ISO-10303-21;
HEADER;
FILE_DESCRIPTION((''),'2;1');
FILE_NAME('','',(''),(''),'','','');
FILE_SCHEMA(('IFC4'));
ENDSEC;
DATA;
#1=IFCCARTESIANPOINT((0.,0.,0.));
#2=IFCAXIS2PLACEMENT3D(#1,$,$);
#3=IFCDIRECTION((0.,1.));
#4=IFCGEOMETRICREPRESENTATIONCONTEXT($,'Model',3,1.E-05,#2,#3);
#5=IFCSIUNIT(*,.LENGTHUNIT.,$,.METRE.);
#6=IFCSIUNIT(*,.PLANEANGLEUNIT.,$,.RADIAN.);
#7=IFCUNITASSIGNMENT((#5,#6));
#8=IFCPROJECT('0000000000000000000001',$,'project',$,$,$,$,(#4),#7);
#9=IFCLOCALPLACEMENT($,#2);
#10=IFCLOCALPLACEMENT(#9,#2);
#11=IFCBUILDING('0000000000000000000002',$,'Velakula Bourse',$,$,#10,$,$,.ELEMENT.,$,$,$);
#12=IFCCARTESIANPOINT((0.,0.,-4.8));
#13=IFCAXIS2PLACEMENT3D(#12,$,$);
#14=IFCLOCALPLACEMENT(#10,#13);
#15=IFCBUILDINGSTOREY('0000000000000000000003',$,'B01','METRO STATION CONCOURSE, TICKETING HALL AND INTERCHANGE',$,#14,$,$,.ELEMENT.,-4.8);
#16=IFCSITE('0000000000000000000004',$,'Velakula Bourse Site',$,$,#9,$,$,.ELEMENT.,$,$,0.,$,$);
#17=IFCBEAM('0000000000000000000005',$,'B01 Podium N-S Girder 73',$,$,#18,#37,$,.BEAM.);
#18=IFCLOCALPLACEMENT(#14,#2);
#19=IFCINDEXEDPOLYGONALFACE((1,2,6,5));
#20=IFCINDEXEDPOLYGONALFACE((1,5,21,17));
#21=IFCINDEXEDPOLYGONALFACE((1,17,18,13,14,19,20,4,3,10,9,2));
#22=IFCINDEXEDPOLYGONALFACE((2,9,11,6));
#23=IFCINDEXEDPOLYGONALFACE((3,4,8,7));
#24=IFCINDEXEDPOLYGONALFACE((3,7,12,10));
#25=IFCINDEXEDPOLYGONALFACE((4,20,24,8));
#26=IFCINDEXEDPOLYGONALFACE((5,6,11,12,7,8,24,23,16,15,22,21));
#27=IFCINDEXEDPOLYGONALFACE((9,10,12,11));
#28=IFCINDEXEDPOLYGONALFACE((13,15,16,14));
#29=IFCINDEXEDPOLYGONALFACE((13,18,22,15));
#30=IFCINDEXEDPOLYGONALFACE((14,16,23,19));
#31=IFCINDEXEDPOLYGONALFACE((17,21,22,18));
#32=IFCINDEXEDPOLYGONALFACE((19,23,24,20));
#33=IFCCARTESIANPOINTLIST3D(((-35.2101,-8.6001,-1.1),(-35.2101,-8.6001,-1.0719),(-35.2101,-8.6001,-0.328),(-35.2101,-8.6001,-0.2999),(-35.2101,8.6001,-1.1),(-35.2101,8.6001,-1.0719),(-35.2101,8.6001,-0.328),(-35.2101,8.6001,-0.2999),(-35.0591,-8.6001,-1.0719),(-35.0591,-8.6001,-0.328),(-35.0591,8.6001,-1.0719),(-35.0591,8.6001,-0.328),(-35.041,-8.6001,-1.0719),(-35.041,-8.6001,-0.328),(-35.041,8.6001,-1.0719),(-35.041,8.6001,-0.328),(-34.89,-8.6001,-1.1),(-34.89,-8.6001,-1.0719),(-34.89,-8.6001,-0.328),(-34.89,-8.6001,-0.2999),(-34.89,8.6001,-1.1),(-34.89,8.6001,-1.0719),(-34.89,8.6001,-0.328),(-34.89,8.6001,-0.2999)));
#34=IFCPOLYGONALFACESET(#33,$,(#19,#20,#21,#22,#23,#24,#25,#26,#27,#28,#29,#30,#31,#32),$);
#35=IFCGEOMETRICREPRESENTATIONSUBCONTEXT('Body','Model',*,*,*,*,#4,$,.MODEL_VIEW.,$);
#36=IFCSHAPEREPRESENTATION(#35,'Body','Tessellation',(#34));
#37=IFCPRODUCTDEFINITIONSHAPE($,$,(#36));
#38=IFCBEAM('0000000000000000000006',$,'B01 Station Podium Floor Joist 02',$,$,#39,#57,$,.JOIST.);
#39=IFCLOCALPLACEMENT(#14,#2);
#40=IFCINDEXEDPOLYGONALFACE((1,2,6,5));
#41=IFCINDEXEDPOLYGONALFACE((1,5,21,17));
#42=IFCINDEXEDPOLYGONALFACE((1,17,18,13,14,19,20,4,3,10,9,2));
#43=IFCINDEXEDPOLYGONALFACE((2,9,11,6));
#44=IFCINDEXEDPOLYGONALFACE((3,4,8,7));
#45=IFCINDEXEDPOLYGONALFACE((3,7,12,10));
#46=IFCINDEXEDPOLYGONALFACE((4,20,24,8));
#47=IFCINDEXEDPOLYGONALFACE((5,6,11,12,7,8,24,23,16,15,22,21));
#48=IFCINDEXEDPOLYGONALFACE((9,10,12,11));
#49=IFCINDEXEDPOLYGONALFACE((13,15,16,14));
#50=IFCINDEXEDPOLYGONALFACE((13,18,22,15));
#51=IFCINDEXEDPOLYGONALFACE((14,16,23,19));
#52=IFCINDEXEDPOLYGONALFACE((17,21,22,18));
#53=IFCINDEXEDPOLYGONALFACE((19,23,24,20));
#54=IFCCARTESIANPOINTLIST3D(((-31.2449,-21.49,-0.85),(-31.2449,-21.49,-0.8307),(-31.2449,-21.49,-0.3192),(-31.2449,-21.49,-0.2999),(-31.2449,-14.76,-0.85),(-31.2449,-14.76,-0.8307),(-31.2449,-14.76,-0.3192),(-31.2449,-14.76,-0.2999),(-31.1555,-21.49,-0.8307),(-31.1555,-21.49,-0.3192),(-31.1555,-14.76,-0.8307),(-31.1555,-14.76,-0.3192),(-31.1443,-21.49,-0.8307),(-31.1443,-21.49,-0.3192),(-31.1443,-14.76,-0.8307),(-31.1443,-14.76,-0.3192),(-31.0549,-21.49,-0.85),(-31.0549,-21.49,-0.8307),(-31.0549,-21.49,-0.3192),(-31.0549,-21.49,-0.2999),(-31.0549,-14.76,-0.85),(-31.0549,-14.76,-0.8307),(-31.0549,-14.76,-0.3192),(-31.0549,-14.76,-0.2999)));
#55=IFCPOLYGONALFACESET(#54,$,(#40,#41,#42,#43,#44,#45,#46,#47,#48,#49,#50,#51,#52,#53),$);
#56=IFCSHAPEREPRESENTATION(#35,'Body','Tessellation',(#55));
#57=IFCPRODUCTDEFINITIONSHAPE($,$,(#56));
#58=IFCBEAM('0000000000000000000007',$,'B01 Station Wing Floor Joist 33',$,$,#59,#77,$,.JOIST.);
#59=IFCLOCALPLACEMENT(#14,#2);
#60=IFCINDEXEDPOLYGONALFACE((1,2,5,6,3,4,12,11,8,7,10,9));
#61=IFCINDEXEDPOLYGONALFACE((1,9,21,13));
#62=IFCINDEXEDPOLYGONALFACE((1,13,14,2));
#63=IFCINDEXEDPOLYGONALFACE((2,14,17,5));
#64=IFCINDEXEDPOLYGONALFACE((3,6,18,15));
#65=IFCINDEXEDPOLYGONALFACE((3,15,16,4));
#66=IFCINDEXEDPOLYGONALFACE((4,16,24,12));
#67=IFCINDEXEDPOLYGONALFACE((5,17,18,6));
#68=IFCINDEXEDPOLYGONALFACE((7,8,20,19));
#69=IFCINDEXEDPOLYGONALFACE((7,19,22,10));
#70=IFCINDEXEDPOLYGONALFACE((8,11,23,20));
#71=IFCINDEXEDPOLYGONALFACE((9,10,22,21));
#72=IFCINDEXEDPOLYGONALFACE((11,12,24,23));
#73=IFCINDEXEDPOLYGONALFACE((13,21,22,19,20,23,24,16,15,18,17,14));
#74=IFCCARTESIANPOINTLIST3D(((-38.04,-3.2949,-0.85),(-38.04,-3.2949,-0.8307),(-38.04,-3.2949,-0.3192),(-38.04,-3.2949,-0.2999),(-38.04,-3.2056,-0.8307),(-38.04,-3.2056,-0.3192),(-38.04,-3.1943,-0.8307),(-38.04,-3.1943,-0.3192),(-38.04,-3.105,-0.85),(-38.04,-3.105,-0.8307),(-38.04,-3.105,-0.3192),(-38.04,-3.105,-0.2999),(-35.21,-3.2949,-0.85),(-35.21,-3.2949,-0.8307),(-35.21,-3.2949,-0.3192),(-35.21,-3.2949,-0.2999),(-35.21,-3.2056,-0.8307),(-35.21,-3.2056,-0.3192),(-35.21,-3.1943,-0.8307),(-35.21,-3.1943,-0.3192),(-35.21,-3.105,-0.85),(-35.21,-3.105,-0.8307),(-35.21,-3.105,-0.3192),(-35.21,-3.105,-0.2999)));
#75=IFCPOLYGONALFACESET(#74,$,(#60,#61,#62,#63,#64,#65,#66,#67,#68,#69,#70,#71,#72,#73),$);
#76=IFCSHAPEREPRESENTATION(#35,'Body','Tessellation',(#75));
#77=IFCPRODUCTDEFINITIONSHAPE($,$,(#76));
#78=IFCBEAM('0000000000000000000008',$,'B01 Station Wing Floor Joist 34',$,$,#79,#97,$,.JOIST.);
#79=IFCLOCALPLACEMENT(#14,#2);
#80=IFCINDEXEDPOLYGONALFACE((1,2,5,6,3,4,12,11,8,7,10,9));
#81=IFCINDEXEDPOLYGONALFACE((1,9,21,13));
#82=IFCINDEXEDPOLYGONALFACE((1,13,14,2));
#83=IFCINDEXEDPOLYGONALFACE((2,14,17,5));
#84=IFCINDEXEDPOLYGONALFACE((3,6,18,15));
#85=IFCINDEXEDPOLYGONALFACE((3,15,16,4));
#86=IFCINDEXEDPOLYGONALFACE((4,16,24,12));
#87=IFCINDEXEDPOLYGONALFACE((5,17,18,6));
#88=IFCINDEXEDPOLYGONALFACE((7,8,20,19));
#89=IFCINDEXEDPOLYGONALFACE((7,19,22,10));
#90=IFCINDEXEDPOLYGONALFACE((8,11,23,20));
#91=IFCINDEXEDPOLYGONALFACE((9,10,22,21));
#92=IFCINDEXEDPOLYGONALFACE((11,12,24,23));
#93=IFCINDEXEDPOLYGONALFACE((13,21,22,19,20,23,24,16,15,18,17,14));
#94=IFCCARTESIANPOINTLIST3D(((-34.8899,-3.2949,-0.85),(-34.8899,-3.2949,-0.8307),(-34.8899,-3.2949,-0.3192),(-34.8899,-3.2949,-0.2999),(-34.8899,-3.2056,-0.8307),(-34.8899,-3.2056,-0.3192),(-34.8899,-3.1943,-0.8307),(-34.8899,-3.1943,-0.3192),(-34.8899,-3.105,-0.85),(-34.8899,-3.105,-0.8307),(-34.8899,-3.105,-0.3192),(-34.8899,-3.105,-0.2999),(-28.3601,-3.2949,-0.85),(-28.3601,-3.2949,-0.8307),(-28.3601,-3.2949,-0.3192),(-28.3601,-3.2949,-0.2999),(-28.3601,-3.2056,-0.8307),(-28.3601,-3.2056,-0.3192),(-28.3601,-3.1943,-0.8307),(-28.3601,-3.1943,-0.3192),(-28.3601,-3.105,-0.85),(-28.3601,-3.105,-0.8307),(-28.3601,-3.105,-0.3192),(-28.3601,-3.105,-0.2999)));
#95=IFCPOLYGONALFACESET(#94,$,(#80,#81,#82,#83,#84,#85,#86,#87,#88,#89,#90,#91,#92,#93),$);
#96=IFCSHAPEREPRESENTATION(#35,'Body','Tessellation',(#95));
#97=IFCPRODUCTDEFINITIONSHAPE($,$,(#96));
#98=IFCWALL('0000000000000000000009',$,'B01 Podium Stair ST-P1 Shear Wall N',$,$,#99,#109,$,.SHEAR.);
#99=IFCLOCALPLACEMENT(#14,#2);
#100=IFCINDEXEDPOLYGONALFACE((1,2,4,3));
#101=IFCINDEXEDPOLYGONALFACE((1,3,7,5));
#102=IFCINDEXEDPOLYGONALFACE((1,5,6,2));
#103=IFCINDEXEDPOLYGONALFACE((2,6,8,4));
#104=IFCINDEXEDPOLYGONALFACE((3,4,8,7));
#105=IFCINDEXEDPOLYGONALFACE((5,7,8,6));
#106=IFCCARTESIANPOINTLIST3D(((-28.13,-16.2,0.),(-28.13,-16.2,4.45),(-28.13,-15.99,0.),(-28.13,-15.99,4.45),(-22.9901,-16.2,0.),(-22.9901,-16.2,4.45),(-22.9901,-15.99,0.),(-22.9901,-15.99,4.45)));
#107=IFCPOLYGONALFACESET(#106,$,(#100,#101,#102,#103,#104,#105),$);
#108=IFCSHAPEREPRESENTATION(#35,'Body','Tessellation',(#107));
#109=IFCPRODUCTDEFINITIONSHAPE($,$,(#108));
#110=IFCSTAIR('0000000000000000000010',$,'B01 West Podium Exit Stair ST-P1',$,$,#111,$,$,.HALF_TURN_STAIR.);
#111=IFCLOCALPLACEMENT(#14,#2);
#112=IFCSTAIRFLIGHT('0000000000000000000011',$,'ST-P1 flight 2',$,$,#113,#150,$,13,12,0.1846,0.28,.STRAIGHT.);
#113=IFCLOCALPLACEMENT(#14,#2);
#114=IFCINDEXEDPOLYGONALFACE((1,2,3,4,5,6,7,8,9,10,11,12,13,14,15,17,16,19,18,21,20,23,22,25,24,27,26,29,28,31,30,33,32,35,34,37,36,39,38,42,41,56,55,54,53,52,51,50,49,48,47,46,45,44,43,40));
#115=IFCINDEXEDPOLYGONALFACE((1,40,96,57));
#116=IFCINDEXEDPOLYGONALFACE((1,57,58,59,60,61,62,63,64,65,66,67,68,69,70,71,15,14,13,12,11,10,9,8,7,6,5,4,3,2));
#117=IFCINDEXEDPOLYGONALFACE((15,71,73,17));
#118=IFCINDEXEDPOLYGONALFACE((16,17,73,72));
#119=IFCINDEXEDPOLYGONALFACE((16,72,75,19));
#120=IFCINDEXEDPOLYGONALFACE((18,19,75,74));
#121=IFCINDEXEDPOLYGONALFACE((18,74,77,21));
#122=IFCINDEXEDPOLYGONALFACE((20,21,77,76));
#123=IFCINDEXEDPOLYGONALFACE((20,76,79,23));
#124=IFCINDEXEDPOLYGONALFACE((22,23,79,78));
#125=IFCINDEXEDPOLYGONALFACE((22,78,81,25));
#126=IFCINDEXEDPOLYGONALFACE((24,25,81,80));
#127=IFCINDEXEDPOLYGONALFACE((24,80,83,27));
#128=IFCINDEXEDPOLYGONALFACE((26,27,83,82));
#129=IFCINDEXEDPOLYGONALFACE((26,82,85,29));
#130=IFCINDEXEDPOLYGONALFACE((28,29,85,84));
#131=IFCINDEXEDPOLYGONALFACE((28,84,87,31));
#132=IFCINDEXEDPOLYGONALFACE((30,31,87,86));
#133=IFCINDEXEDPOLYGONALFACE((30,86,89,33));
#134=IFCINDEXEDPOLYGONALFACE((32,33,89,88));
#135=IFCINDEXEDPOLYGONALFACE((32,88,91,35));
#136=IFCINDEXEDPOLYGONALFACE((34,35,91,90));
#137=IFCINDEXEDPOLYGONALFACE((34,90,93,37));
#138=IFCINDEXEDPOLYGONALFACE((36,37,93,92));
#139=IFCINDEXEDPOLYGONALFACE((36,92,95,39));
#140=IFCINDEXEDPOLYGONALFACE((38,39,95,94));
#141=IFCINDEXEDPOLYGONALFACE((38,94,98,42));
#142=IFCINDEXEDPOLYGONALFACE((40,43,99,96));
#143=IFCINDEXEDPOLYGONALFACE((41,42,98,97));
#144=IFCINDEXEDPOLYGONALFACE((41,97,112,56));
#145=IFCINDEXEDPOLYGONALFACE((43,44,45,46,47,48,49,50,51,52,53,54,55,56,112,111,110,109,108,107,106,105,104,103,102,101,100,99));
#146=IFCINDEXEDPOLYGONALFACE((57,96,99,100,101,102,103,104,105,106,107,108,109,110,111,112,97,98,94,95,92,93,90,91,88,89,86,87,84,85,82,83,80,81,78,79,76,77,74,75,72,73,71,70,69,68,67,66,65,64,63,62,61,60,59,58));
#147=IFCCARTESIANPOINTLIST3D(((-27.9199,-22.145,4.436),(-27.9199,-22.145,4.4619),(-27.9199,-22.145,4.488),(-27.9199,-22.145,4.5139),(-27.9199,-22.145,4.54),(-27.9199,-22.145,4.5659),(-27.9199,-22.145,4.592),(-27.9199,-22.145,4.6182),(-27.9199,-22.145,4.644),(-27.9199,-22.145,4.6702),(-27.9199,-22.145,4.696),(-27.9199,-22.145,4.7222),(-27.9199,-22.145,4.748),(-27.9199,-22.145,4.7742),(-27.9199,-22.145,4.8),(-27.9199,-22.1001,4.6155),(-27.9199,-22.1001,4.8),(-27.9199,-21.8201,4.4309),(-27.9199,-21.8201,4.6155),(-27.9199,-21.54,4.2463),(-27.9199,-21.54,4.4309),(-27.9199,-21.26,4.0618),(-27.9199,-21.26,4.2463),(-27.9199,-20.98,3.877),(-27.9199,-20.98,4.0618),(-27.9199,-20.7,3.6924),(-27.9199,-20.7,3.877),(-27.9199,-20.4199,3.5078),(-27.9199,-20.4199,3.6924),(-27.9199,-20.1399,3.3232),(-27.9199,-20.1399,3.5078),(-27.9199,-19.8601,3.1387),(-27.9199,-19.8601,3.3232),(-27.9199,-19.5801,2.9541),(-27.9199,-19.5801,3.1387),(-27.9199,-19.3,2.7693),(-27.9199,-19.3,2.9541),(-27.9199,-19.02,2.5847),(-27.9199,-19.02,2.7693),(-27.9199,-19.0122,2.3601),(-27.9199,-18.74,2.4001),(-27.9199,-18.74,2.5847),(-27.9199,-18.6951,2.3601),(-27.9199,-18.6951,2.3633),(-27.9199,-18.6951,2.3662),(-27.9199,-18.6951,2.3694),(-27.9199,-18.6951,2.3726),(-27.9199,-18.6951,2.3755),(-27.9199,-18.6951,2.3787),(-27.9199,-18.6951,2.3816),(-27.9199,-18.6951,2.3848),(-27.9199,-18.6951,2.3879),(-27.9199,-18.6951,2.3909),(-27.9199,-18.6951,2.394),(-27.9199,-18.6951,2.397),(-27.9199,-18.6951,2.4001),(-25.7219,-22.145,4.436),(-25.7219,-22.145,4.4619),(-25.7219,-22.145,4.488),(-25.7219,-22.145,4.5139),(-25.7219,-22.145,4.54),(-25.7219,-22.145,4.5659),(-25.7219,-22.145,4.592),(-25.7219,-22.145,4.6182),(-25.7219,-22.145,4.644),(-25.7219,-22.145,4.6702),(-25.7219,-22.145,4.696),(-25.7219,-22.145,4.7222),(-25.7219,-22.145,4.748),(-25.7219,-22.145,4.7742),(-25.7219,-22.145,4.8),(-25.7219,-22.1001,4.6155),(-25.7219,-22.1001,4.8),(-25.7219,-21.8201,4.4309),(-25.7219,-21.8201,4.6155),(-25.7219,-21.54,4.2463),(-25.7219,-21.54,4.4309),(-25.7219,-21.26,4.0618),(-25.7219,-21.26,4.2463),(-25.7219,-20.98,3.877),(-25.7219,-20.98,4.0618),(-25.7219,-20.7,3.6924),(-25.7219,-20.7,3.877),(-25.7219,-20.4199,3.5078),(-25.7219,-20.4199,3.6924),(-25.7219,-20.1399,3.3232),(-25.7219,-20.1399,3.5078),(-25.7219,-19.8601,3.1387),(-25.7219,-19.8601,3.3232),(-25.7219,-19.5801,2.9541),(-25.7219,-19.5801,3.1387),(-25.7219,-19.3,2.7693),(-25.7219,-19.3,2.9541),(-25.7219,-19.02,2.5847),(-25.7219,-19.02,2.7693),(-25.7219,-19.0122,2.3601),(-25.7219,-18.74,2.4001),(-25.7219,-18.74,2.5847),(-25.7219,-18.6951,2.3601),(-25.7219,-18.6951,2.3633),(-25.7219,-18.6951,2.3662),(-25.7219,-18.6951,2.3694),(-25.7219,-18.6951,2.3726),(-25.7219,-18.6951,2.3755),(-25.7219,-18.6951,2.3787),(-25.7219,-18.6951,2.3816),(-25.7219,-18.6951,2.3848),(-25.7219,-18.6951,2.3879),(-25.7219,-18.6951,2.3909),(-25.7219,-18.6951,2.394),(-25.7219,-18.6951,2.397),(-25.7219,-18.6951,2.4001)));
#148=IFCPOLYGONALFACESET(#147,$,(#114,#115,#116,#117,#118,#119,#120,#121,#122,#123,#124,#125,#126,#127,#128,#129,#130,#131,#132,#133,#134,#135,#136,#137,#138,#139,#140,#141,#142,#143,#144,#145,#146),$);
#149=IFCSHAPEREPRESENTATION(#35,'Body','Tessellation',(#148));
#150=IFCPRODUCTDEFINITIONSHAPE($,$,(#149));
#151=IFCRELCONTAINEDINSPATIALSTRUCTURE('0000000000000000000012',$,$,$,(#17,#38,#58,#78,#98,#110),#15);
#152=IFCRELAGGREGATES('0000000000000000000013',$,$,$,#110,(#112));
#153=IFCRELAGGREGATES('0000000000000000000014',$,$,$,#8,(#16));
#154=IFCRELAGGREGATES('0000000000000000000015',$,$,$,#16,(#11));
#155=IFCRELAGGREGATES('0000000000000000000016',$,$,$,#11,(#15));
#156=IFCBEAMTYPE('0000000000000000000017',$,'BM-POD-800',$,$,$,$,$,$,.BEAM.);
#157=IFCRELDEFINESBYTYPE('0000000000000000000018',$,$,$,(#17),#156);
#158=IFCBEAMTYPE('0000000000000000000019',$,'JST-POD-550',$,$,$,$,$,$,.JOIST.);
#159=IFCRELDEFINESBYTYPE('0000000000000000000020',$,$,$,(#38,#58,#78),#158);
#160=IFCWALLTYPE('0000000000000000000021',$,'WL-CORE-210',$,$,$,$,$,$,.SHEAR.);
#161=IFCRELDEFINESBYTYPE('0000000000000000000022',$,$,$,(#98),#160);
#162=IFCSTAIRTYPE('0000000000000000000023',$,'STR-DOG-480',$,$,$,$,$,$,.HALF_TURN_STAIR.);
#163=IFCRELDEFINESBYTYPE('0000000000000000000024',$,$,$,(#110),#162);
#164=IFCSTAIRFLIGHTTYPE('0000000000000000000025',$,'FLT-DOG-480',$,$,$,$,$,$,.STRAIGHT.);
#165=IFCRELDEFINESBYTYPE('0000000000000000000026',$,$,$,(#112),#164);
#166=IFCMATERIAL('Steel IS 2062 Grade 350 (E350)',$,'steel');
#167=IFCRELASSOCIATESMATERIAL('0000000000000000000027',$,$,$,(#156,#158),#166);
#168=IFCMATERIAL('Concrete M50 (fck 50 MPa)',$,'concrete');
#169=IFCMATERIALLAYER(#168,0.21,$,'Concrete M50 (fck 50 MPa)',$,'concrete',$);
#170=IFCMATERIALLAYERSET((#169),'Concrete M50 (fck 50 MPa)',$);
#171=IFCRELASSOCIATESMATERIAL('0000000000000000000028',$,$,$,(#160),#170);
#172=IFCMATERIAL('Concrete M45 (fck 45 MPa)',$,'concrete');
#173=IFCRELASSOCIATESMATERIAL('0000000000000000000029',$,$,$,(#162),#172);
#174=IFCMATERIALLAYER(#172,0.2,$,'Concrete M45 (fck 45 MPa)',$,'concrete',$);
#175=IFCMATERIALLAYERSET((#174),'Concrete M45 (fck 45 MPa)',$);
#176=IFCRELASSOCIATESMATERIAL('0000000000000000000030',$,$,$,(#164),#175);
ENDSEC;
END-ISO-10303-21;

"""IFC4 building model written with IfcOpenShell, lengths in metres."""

from ifc_helpers import new_model, si_unit, direction, frame, frame_2d, origin, origin_2d, place, context, subcontext, project, spatial, polyline, rectangle, i_section, outline, extrude, material, layer, layer_set, material_profile, profile_set, type_object, element, aggregate, save


model = new_model("IFC4")

# Units and contexts
model_context = context("Model", 3, precision=1e-05, world=origin(), true_north=direction((0.0, 1.0)))
body_context = subcontext(model_context, "Body", "Model", "MODEL_VIEW")
ifc_project = project(units=[si_unit("LENGTHUNIT", "METRE"), si_unit("PLANEANGLEUNIT", "RADIAN")], contexts=[model_context])

# Site, building, storey
site_placement = place(None, origin())
site = spatial("IfcSite", under=ifc_project, at=site_placement, Name="Velakula Bourse Site", CompositionType="ELEMENT", RefElevation=0.0)
building_placement = place(site_placement, origin())
building = spatial("IfcBuilding", under=site, at=building_placement, Name="Velakula Bourse", CompositionType="ELEMENT")
storey_placement = place(building_placement, frame((0.0, 0.0, -4.8)))
storey = spatial("IfcBuildingStorey", under=building, at=storey_placement, Name="B01", Description="METRO STATION CONCOURSE, TICKETING HALL AND INTERCHANGE", CompositionType="ELEMENT", Elevation=-4.8)

# Shared definitions
ifc_material_1 = material(Name="Concrete M50 (fck 50 MPa)", Category="concrete")

# Beams
ifc_material_2 = material(Name="Steel IS 2062 Grade 350 (E350)", Category="steel")
ifc_material_profile_1 = material_profile(ifc_material_2, i_section(OverallWidth=0.3201, OverallDepth=0.8, WebThickness=0.0181, FlangeThickness=0.0281, at=origin_2d()), Name="Steel IS 2062 Grade 350 (E350)")
ifc_profile_set_1 = profile_set([ifc_material_profile_1], Name="Steel IS 2062 Grade 350 (E350)")
beam_type_1 = type_object("IfcBeamType", Name="BM-POD-800", PredefinedType="BEAM", material=ifc_profile_set_1)
beam_1_placement = place(storey_placement, frame((-35.05, -8.6001, -0.7), z_axis=(0.0, 1.0, 0.0), x_axis=(-1.0, 0.0, 0.0)))
element("IfcBeam", 1, at=beam_1_placement, inside=storey, type_object=beam_type_1, Name="B01 Podium N-S Girder 73", PredefinedType="BEAM", context=body_context, shape_type="SweptSolid", body=[
    extrude(i_section(OverallWidth=0.3201, OverallDepth=0.8, WebThickness=0.0181, FlangeThickness=0.0281, at=origin_2d()), origin(), (0.0, 0.0, 1.0), 17.2002),
])
ifc_material_profile_2 = material_profile(ifc_material_2, i_section(OverallWidth=0.1899, OverallDepth=0.55, WebThickness=0.0112, FlangeThickness=0.0193, at=origin_2d()), Name="Steel IS 2062 Grade 350 (E350)")
ifc_profile_set_2 = profile_set([ifc_material_profile_2], Name="Steel IS 2062 Grade 350 (E350)")
beam_type_2 = type_object("IfcBeamType", Name="JST-POD-550", PredefinedType="JOIST", material=ifc_profile_set_2)
beam_2_placement = place(storey_placement, frame((-31.1499, -21.49, -0.575), z_axis=(0.0, 1.0, 0.0), x_axis=(-1.0, 0.0, 0.0)))
element("IfcBeam", 2, at=beam_2_placement, inside=storey, type_object=beam_type_2, Name="B01 Station Podium Floor Joist 02", PredefinedType="JOIST", context=body_context, shape_type="SweptSolid", body=[
    extrude(i_section(OverallWidth=0.1899, OverallDepth=0.55, WebThickness=0.0112, FlangeThickness=0.0193, at=origin_2d()), origin(), (0.0, 0.0, 1.0), 6.73),
])
beam_3_placement = place(storey_placement, frame((-38.04, -3.2, -0.575), z_axis=(1.0, 0.0, 0.0), x_axis=(0.0, 1.0, 0.0)))
element("IfcBeam", 3, at=beam_3_placement, inside=storey, type_object=beam_type_2, Name="B01 Station Wing Floor Joist 33", PredefinedType="JOIST", context=body_context, shape_type="SweptSolid", body=[
    extrude(i_section(OverallWidth=0.1899, OverallDepth=0.55, WebThickness=0.0112, FlangeThickness=0.0193, at=origin_2d()), origin(), (0.0, 0.0, 1.0), 2.8301),
])
beam_4_placement = place(storey_placement, frame((-34.8899, -3.2, -0.575), z_axis=(1.0, 0.0, 0.0), x_axis=(0.0, 1.0, 0.0)))
element("IfcBeam", 4, at=beam_4_placement, inside=storey, type_object=beam_type_2, Name="B01 Station Wing Floor Joist 34", PredefinedType="JOIST", context=body_context, shape_type="SweptSolid", body=[
    extrude(i_section(OverallWidth=0.1899, OverallDepth=0.55, WebThickness=0.0112, FlangeThickness=0.0193, at=origin_2d()), origin(), (0.0, 0.0, 1.0), 6.5298),
])

# Wall
ifc_layer_1 = layer(ifc_material_1, 0.21, Name="Concrete M50 (fck 50 MPa)", Category="concrete")
ifc_layer_set_1 = layer_set([ifc_layer_1], Name="Concrete M50 (fck 50 MPa)")
wall_type = type_object("IfcWallType", Name="WL-CORE-210", PredefinedType="SHEAR", material=ifc_layer_set_1)
wall_placement = place(storey_placement, frame((-28.1299, -16.095, 0.0), z_axis=(0.0, 0.0, 1.0), x_axis=(1.0, 0.0, 0.0)))
element("IfcWall", 5, at=wall_placement, inside=storey, type_object=wall_type, Name="B01 Podium Stair ST-P1 Shear Wall N", PredefinedType="SHEAR", context=body_context, shape_type="SweptSolid", body=[
    extrude(rectangle(XDim=5.1399, YDim=0.21, at=frame_2d((2.5698, 0.0))), origin(), (0.0, 0.0, 1.0), 4.45),
])

# Stair, stair flight
ifc_material_3 = material(Name="Concrete M45 (fck 45 MPa)", Category="concrete")
stair_type = type_object("IfcStairType", Name="STR-DOG-480", PredefinedType="HALF_TURN_STAIR", material=ifc_material_3)
stair_placement = place(storey_placement, origin())
stair = element("IfcStair", 6, at=stair_placement, inside=storey, type_object=stair_type, Name="B01 West Podium Exit Stair ST-P1", PredefinedType="HALF_TURN_STAIR")
ifc_layer_2 = layer(ifc_material_3, 0.2, Name="Concrete M45 (fck 45 MPa)", Category="concrete")
ifc_layer_set_2 = layer_set([ifc_layer_2], Name="Concrete M45 (fck 45 MPa)")
stair_flight_type = type_object("IfcStairFlightType", Name="FLT-DOG-480", PredefinedType="STRAIGHT", material=ifc_layer_set_2)
stair_flight_placement = place(storey_placement, frame((-26.821, -18.74, 2.4001), z_axis=(0.0, 0.0, 1.0), x_axis=(0.0, -1.0, 0.0)))
stair_flight = element("IfcStairFlight", 7, at=stair_flight_placement, type_object=stair_flight_type, Name="ST-P1 flight 2", NumberOfRisers=13, NumberOfTreads=12, PredefinedType="STRAIGHT", RiserHeight=0.1846, TreadLength=0.28, context=body_context, shape_type="SweptSolid", body=[
    extrude(outline(polyline([(-0.0449, -0.04), (-0.0449, -0.0369), (-0.0449, -0.0339), (-0.0449, -0.0308), (-0.0449, -0.0276), (-0.0449, -0.0247), (-0.0449, -0.0215), (-0.0449, -0.0186), (-0.0449, -0.0154), (-0.0449, -0.0122), (-0.0449, -0.0093), (-0.0449, -0.0061), (-0.0449, -0.0032), (-0.0449, 0.0), (0.0, 0.0), (0.0, 0.1846), (0.28, 0.1846), (0.28, 0.3691), (0.5601, 0.3691), (0.5601, 0.554), (0.8401, 0.554), (0.8401, 0.7385), (1.1201, 0.7385), (1.1201, 0.9231), (1.3999, 0.9231), (1.3999, 1.1077), (1.6799, 1.1077), (1.6799, 1.2922), (1.96, 1.2922), (1.96, 1.4768), (2.24, 1.4768), (2.24, 1.6616), (2.52, 1.6616), (2.52, 1.8462), (2.8, 1.8462), (2.8, 2.0308), (3.0801, 2.0308), (3.0801, 2.2153), (3.3601, 2.2153), (3.3601, 2.3999), (3.405, 2.3999), (3.405, 2.374), (3.405, 2.3479), (3.405, 2.322), (3.405, 2.2959), (3.405, 2.27), (3.405, 2.2439), (3.405, 2.218), (3.405, 2.1919), (3.405, 2.1658), (3.405, 2.1399), (3.405, 2.1138), (3.405, 2.0879), (3.405, 2.0618), (3.405, 2.0359), (0.2722, -0.04), (-0.0449, -0.04)])), frame((0.0, 1.0991, 0.0), z_axis=(0.0, -1.0, 0.0), x_axis=(1.0, 0.0, 0.0)), (0.0, 0.0, 1.0), 2.198),
])
aggregate(stair, [stair_flight])

save(model, "model.ifc")
